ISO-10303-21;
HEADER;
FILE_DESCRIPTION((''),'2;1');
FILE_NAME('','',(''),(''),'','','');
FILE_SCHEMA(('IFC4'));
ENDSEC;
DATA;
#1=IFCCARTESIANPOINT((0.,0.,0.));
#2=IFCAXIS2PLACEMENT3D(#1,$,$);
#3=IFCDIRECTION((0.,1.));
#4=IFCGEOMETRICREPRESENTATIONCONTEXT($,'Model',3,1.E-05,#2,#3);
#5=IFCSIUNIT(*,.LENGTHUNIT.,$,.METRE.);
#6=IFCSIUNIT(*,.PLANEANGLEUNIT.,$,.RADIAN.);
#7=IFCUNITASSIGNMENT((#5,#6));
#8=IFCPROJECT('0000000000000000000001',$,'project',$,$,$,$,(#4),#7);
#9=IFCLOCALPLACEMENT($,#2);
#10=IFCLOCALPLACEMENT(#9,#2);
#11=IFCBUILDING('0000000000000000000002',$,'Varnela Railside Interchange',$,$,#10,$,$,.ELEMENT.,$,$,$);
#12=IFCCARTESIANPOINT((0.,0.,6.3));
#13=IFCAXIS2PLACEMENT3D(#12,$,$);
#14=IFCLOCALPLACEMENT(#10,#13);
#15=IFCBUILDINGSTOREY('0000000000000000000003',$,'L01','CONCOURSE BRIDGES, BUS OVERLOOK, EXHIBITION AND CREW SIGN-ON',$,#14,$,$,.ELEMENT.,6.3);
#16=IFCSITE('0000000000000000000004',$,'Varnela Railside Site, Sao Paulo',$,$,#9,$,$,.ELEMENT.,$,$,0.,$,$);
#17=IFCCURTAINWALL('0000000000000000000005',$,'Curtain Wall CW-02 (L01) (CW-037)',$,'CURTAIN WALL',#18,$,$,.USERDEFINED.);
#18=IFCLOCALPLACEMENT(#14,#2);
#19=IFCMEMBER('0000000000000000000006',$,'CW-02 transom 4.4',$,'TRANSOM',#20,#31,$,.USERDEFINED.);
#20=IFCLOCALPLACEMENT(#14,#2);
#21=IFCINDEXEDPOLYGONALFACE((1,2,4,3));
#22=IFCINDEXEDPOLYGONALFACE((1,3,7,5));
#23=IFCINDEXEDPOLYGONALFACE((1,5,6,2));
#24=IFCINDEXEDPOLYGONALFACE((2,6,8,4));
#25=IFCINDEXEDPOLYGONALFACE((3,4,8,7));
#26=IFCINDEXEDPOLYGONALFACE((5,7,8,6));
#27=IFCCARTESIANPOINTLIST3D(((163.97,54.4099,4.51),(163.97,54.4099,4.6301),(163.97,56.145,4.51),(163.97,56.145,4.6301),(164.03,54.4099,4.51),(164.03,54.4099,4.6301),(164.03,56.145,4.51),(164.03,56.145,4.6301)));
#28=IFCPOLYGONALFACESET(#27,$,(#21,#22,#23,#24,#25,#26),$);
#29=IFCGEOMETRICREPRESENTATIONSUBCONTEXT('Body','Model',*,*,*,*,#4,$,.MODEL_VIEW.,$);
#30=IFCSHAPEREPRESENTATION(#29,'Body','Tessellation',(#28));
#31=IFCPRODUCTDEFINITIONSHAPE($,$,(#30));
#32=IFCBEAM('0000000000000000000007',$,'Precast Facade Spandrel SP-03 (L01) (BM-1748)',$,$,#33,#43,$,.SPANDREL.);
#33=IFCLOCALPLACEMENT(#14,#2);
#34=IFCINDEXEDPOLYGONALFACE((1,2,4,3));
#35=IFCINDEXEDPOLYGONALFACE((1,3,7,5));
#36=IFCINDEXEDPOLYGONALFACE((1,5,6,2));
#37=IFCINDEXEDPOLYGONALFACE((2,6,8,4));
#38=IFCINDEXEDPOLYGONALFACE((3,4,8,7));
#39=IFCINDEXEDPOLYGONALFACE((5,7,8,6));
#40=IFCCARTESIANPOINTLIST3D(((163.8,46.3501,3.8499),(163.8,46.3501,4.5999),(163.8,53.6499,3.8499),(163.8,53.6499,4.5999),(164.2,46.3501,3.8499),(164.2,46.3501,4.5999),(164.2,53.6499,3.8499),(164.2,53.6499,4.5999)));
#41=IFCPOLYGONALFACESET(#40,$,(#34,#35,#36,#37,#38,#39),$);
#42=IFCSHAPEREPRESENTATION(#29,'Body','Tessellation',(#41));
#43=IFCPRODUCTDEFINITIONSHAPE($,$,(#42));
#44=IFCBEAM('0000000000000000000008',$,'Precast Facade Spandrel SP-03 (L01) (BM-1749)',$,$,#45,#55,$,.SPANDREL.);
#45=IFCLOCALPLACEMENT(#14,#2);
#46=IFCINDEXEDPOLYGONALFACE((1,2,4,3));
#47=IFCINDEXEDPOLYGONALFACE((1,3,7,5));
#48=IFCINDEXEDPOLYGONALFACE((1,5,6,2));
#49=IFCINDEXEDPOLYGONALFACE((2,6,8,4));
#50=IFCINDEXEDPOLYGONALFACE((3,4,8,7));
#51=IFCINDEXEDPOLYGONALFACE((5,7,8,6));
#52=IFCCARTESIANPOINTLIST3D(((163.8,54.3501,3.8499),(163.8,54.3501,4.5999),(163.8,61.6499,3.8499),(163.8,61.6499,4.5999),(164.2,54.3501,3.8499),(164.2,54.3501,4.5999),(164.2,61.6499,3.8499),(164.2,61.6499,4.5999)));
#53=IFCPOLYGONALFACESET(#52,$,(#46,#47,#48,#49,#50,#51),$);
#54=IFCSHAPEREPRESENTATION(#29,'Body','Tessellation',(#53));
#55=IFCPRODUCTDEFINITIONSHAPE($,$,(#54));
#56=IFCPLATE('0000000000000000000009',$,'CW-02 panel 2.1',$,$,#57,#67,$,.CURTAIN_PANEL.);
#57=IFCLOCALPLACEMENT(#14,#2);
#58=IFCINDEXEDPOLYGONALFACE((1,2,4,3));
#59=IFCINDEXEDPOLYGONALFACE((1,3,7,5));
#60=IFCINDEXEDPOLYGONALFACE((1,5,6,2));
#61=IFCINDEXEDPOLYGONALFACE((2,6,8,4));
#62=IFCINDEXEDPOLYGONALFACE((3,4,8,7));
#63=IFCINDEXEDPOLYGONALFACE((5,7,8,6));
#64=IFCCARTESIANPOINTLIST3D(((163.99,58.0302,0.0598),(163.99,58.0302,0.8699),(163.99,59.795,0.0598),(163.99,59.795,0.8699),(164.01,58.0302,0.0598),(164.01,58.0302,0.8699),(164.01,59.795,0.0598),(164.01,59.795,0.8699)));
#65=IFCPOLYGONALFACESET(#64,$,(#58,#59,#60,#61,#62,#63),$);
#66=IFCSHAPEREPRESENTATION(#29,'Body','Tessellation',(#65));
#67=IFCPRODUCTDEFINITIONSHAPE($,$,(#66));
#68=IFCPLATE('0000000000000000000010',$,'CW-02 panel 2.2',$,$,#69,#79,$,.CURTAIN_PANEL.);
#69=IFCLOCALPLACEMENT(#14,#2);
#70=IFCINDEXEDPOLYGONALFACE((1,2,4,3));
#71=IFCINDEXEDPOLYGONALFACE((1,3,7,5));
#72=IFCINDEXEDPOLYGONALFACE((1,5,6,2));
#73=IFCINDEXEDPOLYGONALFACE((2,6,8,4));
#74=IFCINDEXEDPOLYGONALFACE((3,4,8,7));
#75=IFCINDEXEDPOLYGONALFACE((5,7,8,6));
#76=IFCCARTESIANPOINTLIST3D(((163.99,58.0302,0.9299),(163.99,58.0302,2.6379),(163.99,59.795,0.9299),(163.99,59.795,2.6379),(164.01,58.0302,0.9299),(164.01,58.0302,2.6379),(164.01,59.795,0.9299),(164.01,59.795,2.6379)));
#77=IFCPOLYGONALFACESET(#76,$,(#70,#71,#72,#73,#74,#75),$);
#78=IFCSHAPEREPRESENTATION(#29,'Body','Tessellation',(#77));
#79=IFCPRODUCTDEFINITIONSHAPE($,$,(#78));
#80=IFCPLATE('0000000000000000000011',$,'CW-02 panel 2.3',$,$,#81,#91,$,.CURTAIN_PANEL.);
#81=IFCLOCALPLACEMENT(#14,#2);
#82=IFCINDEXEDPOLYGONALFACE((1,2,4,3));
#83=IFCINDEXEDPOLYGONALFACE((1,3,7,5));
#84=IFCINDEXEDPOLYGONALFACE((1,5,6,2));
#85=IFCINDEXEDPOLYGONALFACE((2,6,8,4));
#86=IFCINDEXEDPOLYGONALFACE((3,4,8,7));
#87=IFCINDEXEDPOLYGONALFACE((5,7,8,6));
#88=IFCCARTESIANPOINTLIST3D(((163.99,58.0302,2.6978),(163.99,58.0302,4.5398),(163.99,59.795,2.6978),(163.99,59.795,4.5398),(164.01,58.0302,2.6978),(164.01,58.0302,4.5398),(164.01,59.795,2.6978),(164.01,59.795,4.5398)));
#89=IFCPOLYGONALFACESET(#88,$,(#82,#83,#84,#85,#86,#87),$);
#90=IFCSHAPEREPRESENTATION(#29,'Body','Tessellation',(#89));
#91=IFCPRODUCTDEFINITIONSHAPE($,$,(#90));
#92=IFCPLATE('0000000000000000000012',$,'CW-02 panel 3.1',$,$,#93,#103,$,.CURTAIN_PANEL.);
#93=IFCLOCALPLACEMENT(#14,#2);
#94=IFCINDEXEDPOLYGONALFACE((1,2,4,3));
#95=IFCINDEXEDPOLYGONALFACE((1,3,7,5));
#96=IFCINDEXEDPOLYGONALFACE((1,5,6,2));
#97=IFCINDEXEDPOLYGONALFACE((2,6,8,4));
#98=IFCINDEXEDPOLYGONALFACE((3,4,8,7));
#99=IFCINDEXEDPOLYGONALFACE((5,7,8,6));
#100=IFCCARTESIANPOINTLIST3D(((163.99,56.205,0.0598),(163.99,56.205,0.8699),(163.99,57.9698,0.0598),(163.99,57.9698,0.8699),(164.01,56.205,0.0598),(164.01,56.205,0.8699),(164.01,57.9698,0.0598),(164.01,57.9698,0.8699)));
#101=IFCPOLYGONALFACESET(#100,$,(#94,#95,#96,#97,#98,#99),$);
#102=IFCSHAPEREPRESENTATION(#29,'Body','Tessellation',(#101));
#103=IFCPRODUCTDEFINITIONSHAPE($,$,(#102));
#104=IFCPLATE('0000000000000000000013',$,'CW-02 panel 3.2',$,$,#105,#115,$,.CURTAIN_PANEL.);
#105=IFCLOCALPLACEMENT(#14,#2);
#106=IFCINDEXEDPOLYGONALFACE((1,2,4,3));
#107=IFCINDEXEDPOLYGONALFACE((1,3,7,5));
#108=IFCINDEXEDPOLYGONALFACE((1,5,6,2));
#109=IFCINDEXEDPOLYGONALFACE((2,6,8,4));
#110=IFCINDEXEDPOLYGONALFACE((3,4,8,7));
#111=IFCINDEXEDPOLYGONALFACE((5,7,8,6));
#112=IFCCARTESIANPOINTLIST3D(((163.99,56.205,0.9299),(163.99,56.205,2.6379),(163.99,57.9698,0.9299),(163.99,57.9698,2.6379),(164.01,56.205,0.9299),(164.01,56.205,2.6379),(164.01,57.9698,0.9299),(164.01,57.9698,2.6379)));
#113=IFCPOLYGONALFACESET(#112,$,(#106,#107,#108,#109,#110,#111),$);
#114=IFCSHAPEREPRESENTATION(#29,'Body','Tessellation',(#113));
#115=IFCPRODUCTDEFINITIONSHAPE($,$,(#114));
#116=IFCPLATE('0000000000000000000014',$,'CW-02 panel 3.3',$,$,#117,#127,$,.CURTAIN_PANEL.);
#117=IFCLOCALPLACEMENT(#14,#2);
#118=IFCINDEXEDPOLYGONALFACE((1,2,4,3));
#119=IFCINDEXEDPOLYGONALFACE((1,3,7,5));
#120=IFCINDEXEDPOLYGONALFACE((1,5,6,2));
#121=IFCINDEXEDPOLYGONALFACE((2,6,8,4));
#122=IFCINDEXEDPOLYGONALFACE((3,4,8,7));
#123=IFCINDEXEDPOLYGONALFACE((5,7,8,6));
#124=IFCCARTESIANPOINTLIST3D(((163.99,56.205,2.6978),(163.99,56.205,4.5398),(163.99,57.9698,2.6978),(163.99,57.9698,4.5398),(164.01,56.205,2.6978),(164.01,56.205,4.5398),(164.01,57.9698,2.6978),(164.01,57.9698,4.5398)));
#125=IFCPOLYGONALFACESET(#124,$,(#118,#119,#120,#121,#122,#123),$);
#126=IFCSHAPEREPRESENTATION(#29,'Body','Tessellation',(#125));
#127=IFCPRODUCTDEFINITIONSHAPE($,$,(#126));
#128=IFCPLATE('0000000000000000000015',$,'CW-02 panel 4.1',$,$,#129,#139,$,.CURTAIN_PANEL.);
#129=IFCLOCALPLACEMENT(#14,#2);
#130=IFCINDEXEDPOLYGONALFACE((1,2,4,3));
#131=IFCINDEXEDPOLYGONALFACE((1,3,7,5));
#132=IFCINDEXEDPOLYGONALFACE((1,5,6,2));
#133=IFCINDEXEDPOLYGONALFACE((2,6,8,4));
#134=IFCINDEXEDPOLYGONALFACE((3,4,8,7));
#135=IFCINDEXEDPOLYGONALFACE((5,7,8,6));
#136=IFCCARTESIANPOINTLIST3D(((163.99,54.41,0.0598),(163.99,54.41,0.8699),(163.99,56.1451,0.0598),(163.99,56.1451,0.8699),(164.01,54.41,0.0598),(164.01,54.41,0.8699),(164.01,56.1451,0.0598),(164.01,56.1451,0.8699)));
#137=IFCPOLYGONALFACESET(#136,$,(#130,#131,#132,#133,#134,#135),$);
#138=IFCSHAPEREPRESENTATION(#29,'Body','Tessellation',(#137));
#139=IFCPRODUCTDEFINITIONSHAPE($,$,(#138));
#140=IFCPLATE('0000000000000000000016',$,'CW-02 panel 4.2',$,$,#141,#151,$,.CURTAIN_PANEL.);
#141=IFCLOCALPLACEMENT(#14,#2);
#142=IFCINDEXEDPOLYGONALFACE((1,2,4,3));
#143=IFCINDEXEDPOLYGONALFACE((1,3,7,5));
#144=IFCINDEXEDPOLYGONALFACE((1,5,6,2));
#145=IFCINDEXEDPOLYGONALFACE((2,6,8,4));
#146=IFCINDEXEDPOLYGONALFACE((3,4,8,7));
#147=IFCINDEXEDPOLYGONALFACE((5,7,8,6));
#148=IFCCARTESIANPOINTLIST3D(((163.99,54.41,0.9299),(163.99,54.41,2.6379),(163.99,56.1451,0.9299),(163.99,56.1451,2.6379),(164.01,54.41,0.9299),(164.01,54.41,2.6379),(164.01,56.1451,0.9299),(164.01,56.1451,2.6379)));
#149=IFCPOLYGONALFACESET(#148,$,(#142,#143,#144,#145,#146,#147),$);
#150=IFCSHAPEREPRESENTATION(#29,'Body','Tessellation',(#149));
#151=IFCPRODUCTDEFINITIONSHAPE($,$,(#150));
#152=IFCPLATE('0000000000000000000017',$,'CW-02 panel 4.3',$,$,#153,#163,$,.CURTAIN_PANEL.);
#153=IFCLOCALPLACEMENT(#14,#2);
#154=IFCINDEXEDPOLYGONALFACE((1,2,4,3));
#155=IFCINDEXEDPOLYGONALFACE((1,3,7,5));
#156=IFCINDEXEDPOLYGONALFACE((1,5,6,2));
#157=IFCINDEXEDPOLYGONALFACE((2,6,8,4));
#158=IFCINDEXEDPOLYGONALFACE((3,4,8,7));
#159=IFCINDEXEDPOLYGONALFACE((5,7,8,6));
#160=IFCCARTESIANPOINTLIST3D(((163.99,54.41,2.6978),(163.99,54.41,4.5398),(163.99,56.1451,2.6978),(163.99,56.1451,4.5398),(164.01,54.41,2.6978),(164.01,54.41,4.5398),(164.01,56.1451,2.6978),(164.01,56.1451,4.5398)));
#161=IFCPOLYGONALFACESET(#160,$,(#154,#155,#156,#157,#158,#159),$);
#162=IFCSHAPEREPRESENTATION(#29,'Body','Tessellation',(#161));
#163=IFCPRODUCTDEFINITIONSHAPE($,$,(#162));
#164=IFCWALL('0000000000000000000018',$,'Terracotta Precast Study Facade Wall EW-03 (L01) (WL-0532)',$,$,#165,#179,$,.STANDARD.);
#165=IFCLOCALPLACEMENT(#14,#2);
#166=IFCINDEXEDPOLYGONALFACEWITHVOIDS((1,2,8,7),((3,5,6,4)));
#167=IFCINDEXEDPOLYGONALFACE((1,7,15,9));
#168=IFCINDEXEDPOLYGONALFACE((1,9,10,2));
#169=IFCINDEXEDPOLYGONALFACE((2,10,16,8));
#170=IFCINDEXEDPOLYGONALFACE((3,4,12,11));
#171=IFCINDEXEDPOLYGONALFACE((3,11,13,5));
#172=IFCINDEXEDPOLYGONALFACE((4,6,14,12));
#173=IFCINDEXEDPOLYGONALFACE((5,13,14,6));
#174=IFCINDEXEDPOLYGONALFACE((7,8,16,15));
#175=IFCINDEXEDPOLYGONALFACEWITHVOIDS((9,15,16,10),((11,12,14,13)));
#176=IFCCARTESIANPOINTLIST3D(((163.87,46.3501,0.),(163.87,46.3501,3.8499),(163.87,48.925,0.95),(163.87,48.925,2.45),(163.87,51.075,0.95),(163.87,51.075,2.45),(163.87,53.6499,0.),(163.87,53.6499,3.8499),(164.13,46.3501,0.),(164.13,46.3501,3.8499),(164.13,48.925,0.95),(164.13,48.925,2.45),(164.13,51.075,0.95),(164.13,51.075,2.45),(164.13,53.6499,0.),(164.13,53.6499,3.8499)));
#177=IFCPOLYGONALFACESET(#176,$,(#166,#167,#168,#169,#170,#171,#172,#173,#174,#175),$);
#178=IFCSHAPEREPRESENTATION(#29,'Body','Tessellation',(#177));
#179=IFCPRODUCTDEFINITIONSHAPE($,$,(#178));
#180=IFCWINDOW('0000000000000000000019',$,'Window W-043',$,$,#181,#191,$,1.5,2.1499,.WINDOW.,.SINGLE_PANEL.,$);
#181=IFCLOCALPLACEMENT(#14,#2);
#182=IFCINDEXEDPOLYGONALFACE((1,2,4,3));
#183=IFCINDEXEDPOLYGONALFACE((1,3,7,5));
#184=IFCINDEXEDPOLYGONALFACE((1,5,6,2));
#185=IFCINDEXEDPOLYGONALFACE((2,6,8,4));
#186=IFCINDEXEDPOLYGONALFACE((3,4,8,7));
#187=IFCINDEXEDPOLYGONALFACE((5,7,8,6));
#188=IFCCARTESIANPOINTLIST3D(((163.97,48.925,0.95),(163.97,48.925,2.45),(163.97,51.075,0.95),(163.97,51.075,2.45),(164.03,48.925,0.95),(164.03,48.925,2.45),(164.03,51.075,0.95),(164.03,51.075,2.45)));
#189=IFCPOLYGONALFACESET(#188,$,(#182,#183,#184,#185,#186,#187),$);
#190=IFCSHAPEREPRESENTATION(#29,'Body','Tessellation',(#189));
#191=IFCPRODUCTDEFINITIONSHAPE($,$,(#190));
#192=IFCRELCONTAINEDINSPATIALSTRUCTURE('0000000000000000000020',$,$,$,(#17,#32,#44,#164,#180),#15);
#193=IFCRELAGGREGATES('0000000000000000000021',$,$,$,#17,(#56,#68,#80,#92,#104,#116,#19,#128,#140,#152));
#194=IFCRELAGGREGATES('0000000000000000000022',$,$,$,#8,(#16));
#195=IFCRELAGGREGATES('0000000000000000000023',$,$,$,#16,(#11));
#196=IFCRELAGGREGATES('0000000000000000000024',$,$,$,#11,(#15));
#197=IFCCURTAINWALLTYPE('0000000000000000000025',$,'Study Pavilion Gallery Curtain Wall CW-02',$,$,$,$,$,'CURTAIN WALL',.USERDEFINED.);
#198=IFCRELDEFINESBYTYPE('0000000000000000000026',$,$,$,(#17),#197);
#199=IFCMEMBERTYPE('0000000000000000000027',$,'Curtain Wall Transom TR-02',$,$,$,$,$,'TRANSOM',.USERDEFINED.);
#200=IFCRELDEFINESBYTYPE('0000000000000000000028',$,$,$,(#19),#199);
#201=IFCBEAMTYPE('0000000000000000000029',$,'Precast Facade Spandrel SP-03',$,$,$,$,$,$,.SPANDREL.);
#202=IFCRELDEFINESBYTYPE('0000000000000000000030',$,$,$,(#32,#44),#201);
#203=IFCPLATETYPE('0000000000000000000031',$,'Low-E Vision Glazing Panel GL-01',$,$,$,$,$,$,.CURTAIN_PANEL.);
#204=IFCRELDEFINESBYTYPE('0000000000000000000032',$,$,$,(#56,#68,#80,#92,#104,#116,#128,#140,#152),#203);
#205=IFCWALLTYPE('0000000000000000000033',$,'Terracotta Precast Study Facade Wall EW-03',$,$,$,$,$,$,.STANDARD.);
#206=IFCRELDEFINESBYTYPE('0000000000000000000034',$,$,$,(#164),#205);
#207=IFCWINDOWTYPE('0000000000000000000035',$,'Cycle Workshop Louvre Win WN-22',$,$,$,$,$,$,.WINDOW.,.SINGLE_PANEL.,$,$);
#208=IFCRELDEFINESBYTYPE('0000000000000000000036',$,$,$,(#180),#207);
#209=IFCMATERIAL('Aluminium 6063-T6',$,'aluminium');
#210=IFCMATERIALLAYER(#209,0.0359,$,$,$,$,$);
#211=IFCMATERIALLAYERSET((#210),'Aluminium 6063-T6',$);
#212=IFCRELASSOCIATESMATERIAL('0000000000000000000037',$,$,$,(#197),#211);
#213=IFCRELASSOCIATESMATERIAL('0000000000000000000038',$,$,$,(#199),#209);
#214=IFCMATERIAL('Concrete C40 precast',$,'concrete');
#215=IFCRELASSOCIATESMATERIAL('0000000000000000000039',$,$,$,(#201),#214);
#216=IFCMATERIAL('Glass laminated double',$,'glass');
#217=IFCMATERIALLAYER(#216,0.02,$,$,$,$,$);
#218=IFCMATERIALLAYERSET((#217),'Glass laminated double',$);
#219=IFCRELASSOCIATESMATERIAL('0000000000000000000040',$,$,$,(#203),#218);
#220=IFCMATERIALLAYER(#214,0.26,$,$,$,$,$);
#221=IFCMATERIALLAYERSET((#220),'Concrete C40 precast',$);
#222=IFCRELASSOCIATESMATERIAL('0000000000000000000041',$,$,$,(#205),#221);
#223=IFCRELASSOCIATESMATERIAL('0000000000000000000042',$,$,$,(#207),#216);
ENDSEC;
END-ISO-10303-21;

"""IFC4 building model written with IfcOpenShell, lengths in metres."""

from ifc_helpers import new_model, si_unit, direction, frame, frame_2d, origin, origin_2d, place, context, subcontext, project, spatial, rectangle, extrude, material, layer, layer_set, material_profile, profile_set, type_object, element, fill, aggregate, save


model = new_model("IFC4")

# Units and contexts
model_context = context("Model", 3, precision=1e-05, world=origin(), true_north=direction((0.0, 1.0)))
body_context = subcontext(model_context, "Body", "Model", "MODEL_VIEW")
ifc_project = project(units=[si_unit("LENGTHUNIT", "METRE"), si_unit("PLANEANGLEUNIT", "RADIAN")], contexts=[model_context])

# Site, building, storey
site_placement = place(None, origin())
site = spatial("IfcSite", under=ifc_project, at=site_placement, Name="Varnela Railside Site, Sao Paulo", CompositionType="ELEMENT", RefElevation=0.0)
building_placement = place(site_placement, origin())
building = spatial("IfcBuilding", under=site, at=building_placement, Name="Varnela Railside Interchange", CompositionType="ELEMENT")
storey_placement = place(building_placement, frame((0.0, 0.0, 6.3)))
storey = spatial("IfcBuildingStorey", under=building, at=storey_placement, Name="L01", Description="CONCOURSE BRIDGES, BUS OVERLOOK, EXHIBITION AND CREW SIGN-ON", CompositionType="ELEMENT", Elevation=6.3)

# Curtain wall, member
ifc_material_1 = material(Name="Aluminium 6063-T6", Category="aluminium")
ifc_layer_1 = layer(ifc_material_1, 0.0359)
ifc_layer_set_1 = layer_set([ifc_layer_1], Name="Aluminium 6063-T6")
curtain_wall_type = type_object("IfcCurtainWallType", Name="Study Pavilion Gallery Curtain Wall CW-02", ElementType="CURTAIN WALL", PredefinedType="USERDEFINED", material=ifc_layer_set_1)
curtain_wall_placement = place(storey_placement, origin())
curtain_wall = element("IfcCurtainWall", 1, at=curtain_wall_placement, inside=storey, type_object=curtain_wall_type, Name="Curtain Wall CW-02 (L01) (CW-037)", ObjectType="CURTAIN WALL", PredefinedType="USERDEFINED")
ifc_material_profile_1 = material_profile(ifc_material_1, rectangle(XDim=0.0601, YDim=0.1201, at=origin_2d()), Name="ALU 60x120")
ifc_profile_set_1 = profile_set([ifc_material_profile_1], Name="Aluminium 6063-T6")
member_type_1 = type_object("IfcMemberType", Name="Curtain Wall Transom TR-02", ElementType="TRANSOM", PredefinedType="USERDEFINED", material=ifc_profile_set_1)
member_1_placement = place(storey_placement, frame((164.0, 56.145, 4.5701), z_axis=(0.0, -1.0, 0.0), x_axis=(1.0, 0.0, 0.0)))
member_1 = element("IfcMember", 2, at=member_1_placement, type_object=member_type_1, Name="CW-02 transom 4.4", ObjectType="TRANSOM", PredefinedType="USERDEFINED", context=body_context, shape_type="SweptSolid", body=[
    extrude(rectangle(XDim=0.0601, YDim=0.1201, at=origin_2d()), origin(), (0.0, 0.0, 1.0), 1.7351),
])

# Beams
ifc_material_2 = material(Name="Concrete C40 precast", Category="concrete")
ifc_material_profile_2 = material_profile(ifc_material_2, rectangle(XDim=0.3999, YDim=0.75, at=origin_2d()), Name="PC 400x750")
ifc_profile_set_2 = profile_set([ifc_material_profile_2], Name="Concrete C40 precast")
beam_type_1 = type_object("IfcBeamType", Name="Precast Facade Spandrel SP-03", PredefinedType="SPANDREL", material=ifc_profile_set_2)
for number, where, z_axis, x_axis, name in (
    (3, (164.0, 46.3501, 4.2249), (0.0, 1.0, 0.0), (-1.0, 0.0, 0.0), "Precast Facade Spandrel SP-03 (L01) (BM-1748)"),
    (4, (164.0, 54.3501, 4.2249), (0.0, 1.0, 0.0), (-1.0, 0.0, 0.0), "Precast Facade Spandrel SP-03 (L01) (BM-1749)"),
):
    element("IfcBeam", number, at=place(storey_placement, frame(where, z_axis=z_axis, x_axis=x_axis)), inside=storey, type_object=beam_type_1, Name=name, PredefinedType="SPANDREL", context=body_context, shape_type="SweptSolid", body=[
        extrude(rectangle(XDim=0.3999, YDim=0.75, at=origin_2d()), origin(), (0.0, 0.0, 1.0), 7.2998),
    ])

# Plates
ifc_material_3 = material(Name="Glass laminated double", Category="glass")
ifc_layer_2 = layer(ifc_material_3, 0.02)
ifc_layer_set_2 = layer_set([ifc_layer_2], Name="Glass laminated double")
plate_type = type_object("IfcPlateType", Name="Low-E Vision Glazing Panel GL-01", PredefinedType="CURTAIN_PANEL", material=ifc_layer_set_2)
plate_1_placement = place(storey_placement, frame((164.0, 58.9126, 0.0598), z_axis=(0.0, 0.0, 1.0), x_axis=(0.0, -1.0, 0.0)))
plate_1 = element("IfcPlate", 5, at=plate_1_placement, type_object=plate_type, Name="CW-02 panel 2.1", PredefinedType="CURTAIN_PANEL", context=body_context, shape_type="SweptSolid", body=[
    extrude(rectangle(XDim=1.7649, YDim=0.02, at=origin_2d()), origin(), (0.0, 0.0, 1.0), 0.8101),
])
plate_2_placement = place(storey_placement, frame((164.0, 58.9126, 0.9299), z_axis=(0.0, 0.0, 1.0), x_axis=(0.0, -1.0, 0.0)))
plate_2 = element("IfcPlate", 6, at=plate_2_placement, type_object=plate_type, Name="CW-02 panel 2.2", PredefinedType="CURTAIN_PANEL", context=body_context, shape_type="SweptSolid", body=[
    extrude(rectangle(XDim=1.7649, YDim=0.02, at=origin_2d()), origin(), (0.0, 0.0, 1.0), 1.708),
])
plate_3_placement = place(storey_placement, frame((164.0, 58.9126, 2.6978), z_axis=(0.0, 0.0, 1.0), x_axis=(0.0, -1.0, 0.0)))
plate_3 = element("IfcPlate", 7, at=plate_3_placement, type_object=plate_type, Name="CW-02 panel 2.3", PredefinedType="CURTAIN_PANEL", context=body_context, shape_type="SweptSolid", body=[
    extrude(rectangle(XDim=1.7649, YDim=0.02, at=origin_2d()), origin(), (0.0, 0.0, 1.0), 1.842),
])
plate_4_placement = place(storey_placement, frame((164.0, 57.0874, 0.0598), z_axis=(0.0, 0.0, 1.0), x_axis=(0.0, -1.0, 0.0)))
plate_4 = element("IfcPlate", 8, at=plate_4_placement, type_object=plate_type, Name="CW-02 panel 3.1", PredefinedType="CURTAIN_PANEL", context=body_context, shape_type="SweptSolid", body=[
    extrude(rectangle(XDim=1.7649, YDim=0.02, at=origin_2d()), origin(), (0.0, 0.0, 1.0), 0.8101),
])
plate_5_placement = place(storey_placement, frame((164.0, 57.0874, 0.9299), z_axis=(0.0, 0.0, 1.0), x_axis=(0.0, -1.0, 0.0)))
plate_5 = element("IfcPlate", 9, at=plate_5_placement, type_object=plate_type, Name="CW-02 panel 3.2", PredefinedType="CURTAIN_PANEL", context=body_context, shape_type="SweptSolid", body=[
    extrude(rectangle(XDim=1.7649, YDim=0.02, at=origin_2d()), origin(), (0.0, 0.0, 1.0), 1.708),
])
plate_6_placement = place(storey_placement, frame((164.0, 57.0874, 2.6978), z_axis=(0.0, 0.0, 1.0), x_axis=(0.0, -1.0, 0.0)))
plate_6 = element("IfcPlate", 10, at=plate_6_placement, type_object=plate_type, Name="CW-02 panel 3.3", PredefinedType="CURTAIN_PANEL", context=body_context, shape_type="SweptSolid", body=[
    extrude(rectangle(XDim=1.7649, YDim=0.02, at=origin_2d()), origin(), (0.0, 0.0, 1.0), 1.842),
])
plate_7_placement = place(storey_placement, frame((164.0, 55.2776, 0.0598), z_axis=(0.0, 0.0, 1.0), x_axis=(0.0, -1.0, 0.0)))
plate_7 = element("IfcPlate", 11, at=plate_7_placement, type_object=plate_type, Name="CW-02 panel 4.1", PredefinedType="CURTAIN_PANEL", context=body_context, shape_type="SweptSolid", body=[
    extrude(rectangle(XDim=1.7351, YDim=0.02, at=origin_2d()), origin(), (0.0, 0.0, 1.0), 0.8101),
])
plate_8_placement = place(storey_placement, frame((164.0, 55.2776, 0.9299), z_axis=(0.0, 0.0, 1.0), x_axis=(0.0, -1.0, 0.0)))
plate_8 = element("IfcPlate", 12, at=plate_8_placement, type_object=plate_type, Name="CW-02 panel 4.2", PredefinedType="CURTAIN_PANEL", context=body_context, shape_type="SweptSolid", body=[
    extrude(rectangle(XDim=1.7351, YDim=0.02, at=origin_2d()), origin(), (0.0, 0.0, 1.0), 1.708),
])
plate_9_placement = place(storey_placement, frame((164.0, 55.2776, 2.6978), z_axis=(0.0, 0.0, 1.0), x_axis=(0.0, -1.0, 0.0)))
plate_9 = element("IfcPlate", 13, at=plate_9_placement, type_object=plate_type, Name="CW-02 panel 4.3", PredefinedType="CURTAIN_PANEL", context=body_context, shape_type="SweptSolid", body=[
    extrude(rectangle(XDim=1.7351, YDim=0.02, at=origin_2d()), origin(), (0.0, 0.0, 1.0), 1.842),
])
aggregate(curtain_wall, [plate_1, plate_2, plate_3, plate_4, plate_5, plate_6, member_1, plate_7, plate_8, plate_9])

# Wall, opening, window
ifc_layer_3 = layer(ifc_material_2, 0.26)
ifc_layer_set_3 = layer_set([ifc_layer_3], Name="Concrete C40 precast")
wall_type = type_object("IfcWallType", Name="Terracotta Precast Study Facade Wall EW-03", PredefinedType="STANDARD", material=ifc_layer_set_3)
wall_placement = place(storey_placement, frame((164.0, 53.6499, 0.0), z_axis=(0.0, 0.0, 1.0), x_axis=(0.0, -1.0, 0.0)))
wall = element("IfcWall", 14, at=wall_placement, inside=storey, type_object=wall_type, Name="Terracotta Precast Study Facade Wall EW-03 (L01) (WL-0532)", PredefinedType="STANDARD", context=body_context, shape_type="SweptSolid", body=[
    extrude(rectangle(XDim=7.2998, YDim=0.26, at=frame_2d((3.6499, 0.0))), origin(), (0.0, 0.0, 1.0), 3.8499),
])
opening_placement = place(wall_placement, frame((2.575, 0.0, 0.95)))
opening = element("IfcOpeningElement", 15, at=opening_placement, cuts=wall, PredefinedType="OPENING", context=body_context, shape_type="SweptSolid", body=[
    extrude(rectangle(XDim=2.1499, YDim=1.5, at=frame_2d((1.075, 0.75))), frame((0.0, 0.1399, 0.0), z_axis=(0.0, -1.0, 0.0), x_axis=(1.0, 0.0, 0.0)), (0.0, 0.0, 1.0), 0.28),
])
window_type = type_object("IfcWindowType", Name="Cycle Workshop Louvre Win WN-22", PartitioningType="SINGLE_PANEL", PredefinedType="WINDOW", material=ifc_material_3)
window_placement = place(opening_placement, origin())
window = element("IfcWindow", 16, at=window_placement, inside=storey, type_object=window_type, Name="Window W-043", OverallHeight=1.5, OverallWidth=2.1499, PartitioningType="SINGLE_PANEL", PredefinedType="WINDOW", context=body_context, shape_type="SweptSolid", body=[
    extrude(rectangle(XDim=2.1499, YDim=1.5, at=frame_2d((1.075, 0.75))), frame((0.0, 0.03, 0.0), z_axis=(0.0, -1.0, 0.0), x_axis=(1.0, 0.0, 0.0)), (0.0, 0.0, 1.0), 0.0601),
])
fill(opening, window)

save(model, "model.ifc")
